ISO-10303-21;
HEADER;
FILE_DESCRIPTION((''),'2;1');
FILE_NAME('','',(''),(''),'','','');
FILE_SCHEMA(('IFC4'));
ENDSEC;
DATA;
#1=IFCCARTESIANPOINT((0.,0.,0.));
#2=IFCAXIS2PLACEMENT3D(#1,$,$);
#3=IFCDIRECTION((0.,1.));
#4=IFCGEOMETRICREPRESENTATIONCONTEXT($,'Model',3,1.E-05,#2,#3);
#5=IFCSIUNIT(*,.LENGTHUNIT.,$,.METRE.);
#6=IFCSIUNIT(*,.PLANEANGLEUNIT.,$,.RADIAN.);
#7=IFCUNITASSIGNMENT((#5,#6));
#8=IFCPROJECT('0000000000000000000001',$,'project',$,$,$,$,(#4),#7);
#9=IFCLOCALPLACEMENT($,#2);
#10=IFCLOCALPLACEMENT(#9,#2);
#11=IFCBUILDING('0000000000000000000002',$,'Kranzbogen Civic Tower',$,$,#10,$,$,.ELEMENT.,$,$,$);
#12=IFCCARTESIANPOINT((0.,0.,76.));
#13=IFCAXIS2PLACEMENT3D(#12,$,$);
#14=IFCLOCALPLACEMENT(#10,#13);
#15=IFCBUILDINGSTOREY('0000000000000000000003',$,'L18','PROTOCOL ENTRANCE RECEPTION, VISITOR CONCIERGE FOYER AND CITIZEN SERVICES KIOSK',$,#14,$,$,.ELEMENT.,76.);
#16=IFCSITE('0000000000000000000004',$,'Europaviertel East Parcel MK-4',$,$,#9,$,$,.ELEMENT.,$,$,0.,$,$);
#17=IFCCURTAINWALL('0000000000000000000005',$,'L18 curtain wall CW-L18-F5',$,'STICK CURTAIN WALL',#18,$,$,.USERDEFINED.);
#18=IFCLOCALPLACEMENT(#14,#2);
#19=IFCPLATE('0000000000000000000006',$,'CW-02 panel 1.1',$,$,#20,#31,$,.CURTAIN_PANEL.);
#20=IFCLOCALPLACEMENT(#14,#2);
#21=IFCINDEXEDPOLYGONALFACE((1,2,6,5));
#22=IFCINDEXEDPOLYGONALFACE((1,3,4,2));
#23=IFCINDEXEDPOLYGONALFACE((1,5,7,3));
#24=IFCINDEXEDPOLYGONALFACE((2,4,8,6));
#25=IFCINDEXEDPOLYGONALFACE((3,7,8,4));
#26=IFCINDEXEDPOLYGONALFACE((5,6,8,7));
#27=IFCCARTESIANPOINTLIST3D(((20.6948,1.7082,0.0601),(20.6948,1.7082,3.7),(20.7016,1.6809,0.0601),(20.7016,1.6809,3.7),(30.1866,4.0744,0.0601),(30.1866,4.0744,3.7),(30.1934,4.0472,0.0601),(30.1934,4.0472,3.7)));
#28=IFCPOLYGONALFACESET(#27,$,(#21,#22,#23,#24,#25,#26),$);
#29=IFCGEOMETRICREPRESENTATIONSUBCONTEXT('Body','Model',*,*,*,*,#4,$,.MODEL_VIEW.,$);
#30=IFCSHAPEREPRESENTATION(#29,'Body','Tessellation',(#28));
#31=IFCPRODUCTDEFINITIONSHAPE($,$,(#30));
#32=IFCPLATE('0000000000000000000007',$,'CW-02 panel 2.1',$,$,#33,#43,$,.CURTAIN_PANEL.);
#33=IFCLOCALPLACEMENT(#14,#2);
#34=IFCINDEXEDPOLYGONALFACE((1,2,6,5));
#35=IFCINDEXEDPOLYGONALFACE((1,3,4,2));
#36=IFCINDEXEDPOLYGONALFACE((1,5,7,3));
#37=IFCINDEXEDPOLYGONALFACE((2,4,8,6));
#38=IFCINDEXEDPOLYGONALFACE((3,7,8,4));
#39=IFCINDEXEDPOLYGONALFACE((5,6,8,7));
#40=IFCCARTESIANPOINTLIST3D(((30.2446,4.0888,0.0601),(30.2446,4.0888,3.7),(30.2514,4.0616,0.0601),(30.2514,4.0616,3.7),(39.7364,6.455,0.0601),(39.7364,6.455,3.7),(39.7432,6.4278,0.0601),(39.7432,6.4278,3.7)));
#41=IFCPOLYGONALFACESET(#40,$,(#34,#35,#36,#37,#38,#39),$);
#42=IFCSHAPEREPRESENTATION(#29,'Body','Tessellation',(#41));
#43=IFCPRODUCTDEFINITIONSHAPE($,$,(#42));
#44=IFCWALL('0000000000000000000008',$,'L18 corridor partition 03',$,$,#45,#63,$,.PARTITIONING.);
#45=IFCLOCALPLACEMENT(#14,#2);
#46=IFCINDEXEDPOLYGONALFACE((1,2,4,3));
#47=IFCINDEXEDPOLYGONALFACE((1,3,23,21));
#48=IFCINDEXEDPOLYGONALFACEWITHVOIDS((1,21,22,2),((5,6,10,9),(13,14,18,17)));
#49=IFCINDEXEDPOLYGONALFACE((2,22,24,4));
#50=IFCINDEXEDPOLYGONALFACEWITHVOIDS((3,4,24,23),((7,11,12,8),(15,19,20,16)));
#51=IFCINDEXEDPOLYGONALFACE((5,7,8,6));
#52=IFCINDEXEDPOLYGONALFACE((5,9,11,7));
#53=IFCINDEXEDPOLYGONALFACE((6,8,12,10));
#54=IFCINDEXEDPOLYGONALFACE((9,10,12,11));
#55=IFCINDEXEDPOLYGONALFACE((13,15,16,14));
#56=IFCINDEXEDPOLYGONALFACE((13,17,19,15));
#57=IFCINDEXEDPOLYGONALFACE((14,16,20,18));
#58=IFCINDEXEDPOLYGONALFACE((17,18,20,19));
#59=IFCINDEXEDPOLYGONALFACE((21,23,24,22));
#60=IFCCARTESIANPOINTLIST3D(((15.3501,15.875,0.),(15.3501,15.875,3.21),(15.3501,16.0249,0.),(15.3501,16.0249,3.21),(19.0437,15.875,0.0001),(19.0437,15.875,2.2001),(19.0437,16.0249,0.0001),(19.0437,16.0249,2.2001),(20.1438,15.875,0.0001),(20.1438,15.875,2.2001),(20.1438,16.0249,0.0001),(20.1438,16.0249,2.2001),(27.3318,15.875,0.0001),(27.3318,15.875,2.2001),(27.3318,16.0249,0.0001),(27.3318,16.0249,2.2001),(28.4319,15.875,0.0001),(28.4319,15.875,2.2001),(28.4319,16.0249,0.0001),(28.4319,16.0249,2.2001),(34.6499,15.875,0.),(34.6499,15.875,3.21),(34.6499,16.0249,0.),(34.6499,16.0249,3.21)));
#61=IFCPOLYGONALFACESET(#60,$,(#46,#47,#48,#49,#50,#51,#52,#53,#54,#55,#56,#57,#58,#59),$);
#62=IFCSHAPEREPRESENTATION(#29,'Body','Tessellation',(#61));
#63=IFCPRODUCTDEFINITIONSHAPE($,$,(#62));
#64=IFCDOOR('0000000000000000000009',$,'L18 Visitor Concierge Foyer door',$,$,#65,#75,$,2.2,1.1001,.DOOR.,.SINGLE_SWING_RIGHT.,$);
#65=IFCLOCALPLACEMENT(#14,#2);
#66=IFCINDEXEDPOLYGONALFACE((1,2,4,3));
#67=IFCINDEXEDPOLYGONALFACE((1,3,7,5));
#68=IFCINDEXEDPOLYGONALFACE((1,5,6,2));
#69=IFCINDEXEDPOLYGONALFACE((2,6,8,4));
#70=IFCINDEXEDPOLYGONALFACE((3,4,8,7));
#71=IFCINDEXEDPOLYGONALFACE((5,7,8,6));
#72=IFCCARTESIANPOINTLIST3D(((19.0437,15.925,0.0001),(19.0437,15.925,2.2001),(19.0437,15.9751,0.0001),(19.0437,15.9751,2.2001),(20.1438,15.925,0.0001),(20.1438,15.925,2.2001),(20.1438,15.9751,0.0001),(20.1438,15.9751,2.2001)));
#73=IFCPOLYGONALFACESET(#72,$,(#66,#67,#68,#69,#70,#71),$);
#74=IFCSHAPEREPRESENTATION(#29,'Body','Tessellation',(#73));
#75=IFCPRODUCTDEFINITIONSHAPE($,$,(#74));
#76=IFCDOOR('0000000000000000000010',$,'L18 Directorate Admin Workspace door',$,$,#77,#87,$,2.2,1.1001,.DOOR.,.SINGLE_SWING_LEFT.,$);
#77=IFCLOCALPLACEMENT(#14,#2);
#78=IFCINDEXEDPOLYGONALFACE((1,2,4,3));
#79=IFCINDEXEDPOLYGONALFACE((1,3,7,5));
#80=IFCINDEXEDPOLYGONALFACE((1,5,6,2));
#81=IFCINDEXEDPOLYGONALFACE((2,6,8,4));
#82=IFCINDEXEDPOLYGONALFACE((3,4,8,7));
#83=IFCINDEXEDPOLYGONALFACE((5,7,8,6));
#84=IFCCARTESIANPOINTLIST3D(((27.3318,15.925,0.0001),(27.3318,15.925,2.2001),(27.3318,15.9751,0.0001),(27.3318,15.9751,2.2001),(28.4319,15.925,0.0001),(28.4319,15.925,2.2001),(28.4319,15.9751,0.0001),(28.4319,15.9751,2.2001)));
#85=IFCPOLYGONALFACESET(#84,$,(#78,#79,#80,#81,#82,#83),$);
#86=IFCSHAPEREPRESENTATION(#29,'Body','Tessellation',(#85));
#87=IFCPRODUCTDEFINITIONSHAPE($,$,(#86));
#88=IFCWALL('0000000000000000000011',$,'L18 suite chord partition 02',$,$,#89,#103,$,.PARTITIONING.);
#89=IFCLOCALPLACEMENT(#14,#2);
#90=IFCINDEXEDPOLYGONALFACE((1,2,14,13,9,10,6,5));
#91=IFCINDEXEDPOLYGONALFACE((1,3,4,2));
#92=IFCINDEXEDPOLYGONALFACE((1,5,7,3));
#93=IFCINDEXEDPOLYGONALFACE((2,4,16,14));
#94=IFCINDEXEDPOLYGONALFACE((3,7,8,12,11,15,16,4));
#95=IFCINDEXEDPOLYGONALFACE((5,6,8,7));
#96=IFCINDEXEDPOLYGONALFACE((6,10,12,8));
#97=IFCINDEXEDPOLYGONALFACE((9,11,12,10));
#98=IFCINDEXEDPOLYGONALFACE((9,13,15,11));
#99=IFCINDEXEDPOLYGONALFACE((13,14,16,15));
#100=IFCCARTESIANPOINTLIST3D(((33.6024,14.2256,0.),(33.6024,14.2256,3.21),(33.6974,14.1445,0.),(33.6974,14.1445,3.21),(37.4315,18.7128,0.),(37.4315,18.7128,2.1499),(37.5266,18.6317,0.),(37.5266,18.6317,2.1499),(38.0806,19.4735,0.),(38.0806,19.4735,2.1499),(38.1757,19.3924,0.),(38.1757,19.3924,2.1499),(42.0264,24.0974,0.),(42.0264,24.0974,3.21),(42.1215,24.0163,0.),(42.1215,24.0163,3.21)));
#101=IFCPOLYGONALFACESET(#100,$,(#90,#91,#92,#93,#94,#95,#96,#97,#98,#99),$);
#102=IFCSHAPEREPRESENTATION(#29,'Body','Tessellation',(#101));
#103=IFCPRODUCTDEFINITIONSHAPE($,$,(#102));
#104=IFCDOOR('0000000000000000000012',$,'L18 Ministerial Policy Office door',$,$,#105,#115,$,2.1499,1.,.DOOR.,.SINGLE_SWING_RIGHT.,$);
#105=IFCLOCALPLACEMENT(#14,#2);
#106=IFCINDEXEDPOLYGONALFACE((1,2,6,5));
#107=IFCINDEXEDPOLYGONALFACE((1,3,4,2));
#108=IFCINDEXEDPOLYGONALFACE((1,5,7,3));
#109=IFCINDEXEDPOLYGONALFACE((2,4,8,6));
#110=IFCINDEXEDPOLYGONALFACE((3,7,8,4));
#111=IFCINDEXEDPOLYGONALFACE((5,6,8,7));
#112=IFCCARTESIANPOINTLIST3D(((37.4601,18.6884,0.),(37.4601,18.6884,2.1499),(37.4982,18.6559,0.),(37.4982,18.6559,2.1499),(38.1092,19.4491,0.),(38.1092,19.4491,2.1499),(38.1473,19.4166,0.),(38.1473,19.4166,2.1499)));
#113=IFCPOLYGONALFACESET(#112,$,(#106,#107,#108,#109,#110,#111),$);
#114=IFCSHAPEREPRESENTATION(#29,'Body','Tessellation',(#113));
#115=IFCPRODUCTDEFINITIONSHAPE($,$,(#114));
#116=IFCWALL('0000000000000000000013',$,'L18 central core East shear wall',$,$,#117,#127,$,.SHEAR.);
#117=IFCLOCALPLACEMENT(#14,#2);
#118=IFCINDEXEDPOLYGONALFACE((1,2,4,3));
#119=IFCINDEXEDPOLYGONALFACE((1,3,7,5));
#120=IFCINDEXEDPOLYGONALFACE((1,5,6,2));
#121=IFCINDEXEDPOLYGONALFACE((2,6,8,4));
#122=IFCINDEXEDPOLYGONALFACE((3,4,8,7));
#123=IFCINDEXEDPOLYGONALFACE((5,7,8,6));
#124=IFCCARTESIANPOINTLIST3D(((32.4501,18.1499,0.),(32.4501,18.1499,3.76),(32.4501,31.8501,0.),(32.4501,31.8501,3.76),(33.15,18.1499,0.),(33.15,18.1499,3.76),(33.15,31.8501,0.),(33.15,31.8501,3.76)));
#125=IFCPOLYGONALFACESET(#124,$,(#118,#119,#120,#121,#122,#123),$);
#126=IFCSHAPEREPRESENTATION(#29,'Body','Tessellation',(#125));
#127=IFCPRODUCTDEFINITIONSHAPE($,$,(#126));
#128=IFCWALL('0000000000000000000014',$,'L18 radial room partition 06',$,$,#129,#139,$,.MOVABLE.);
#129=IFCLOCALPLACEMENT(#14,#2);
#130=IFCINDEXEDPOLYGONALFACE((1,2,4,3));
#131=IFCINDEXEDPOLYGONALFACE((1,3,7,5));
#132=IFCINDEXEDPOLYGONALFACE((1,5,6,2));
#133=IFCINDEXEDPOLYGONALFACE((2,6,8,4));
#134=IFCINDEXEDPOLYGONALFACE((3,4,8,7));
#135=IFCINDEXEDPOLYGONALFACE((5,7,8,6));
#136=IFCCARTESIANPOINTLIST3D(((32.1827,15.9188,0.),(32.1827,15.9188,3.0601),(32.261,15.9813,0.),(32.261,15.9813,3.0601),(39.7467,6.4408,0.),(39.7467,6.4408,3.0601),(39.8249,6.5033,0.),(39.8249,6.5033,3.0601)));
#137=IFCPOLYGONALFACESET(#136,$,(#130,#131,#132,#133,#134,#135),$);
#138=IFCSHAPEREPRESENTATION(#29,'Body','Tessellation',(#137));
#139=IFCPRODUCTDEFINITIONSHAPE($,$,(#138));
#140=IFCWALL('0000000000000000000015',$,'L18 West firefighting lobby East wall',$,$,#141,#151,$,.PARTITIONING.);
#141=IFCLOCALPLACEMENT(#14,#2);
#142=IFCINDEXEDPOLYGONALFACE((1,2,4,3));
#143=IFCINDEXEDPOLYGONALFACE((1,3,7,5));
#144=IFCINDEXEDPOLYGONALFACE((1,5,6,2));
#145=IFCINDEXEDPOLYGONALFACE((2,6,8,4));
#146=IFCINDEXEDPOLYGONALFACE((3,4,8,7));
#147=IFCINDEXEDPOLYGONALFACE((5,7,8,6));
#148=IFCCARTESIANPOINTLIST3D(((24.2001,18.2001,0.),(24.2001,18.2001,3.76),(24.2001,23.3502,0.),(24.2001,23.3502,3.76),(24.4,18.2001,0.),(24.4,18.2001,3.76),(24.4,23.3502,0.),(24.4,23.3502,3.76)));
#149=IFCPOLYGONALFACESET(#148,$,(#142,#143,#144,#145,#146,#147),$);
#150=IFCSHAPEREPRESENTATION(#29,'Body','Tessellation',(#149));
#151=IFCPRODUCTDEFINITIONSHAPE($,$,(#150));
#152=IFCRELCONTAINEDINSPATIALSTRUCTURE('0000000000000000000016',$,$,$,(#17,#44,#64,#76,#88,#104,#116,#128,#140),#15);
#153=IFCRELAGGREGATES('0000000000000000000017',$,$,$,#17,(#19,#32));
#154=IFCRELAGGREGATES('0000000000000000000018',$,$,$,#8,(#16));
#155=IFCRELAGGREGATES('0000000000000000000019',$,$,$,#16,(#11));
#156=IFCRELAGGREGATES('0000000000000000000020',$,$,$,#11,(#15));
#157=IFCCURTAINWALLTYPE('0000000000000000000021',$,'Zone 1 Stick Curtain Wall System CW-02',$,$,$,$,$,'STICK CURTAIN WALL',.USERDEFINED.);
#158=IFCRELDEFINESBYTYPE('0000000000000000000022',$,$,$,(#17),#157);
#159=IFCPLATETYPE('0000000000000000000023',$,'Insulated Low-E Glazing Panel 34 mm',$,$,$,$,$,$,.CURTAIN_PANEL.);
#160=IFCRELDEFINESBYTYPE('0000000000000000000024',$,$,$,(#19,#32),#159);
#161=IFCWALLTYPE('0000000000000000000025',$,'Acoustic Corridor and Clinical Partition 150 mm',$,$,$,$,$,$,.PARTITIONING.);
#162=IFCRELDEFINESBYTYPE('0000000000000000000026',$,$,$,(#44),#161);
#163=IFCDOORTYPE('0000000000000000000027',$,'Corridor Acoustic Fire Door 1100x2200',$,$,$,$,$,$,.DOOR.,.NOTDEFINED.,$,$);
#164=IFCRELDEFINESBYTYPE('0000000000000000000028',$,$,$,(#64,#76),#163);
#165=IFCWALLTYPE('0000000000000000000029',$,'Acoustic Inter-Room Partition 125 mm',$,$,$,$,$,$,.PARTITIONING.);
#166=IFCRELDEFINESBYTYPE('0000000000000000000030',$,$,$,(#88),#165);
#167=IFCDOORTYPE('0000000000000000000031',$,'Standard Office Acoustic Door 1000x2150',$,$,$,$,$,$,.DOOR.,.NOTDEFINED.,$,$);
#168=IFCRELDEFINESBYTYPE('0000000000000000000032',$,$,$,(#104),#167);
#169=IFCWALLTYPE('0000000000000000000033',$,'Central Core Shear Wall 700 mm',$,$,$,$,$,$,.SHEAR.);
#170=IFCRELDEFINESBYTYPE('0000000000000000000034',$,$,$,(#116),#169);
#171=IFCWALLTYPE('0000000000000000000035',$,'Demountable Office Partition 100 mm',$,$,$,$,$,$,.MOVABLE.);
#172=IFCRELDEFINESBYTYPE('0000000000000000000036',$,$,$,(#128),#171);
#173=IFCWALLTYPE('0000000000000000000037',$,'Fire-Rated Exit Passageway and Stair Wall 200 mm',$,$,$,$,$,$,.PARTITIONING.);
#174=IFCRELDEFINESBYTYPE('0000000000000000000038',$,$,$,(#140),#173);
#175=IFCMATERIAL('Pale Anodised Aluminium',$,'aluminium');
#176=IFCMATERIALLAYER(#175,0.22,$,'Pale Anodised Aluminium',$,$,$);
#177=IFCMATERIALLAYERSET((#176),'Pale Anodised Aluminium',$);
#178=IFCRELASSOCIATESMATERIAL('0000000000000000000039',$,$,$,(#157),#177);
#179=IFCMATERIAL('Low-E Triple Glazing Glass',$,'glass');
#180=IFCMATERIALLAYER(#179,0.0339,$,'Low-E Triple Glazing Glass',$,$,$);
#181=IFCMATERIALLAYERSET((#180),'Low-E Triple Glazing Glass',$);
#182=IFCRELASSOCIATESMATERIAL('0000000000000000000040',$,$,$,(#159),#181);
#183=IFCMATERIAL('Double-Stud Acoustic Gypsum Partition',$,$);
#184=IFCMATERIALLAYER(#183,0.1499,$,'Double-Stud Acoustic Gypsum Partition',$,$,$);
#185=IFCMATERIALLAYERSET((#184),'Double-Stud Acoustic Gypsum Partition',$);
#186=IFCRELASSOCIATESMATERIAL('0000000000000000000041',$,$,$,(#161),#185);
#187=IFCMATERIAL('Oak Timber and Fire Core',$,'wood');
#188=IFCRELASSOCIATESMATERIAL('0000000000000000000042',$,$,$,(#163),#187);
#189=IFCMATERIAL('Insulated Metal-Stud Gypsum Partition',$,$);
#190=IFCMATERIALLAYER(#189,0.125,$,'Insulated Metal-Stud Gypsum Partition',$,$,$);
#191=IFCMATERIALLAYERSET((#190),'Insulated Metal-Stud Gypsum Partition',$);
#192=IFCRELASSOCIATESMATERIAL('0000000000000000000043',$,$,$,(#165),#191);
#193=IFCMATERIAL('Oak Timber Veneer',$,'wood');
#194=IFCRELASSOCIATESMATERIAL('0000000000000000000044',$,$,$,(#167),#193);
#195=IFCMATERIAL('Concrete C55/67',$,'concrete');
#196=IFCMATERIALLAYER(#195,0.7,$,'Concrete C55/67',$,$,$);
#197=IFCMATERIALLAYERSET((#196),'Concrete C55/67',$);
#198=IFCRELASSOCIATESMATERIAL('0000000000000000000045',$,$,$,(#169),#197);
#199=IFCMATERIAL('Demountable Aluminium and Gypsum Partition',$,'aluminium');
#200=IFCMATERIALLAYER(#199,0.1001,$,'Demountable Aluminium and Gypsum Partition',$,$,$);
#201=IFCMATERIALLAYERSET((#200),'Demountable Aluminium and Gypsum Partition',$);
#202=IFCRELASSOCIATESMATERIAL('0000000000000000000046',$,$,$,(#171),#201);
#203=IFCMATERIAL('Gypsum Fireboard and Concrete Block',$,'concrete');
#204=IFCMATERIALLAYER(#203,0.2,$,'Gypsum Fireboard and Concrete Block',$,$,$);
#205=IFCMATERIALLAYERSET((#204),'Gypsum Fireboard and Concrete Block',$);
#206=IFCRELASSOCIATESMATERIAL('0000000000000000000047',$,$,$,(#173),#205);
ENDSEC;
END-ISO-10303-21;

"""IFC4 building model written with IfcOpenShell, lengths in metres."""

from ifc_helpers import new_model, si_unit, direction, frame, frame_2d, origin, origin_2d, place, context, subcontext, project, spatial, rectangle, extrude, material, layer, layer_set, type_object, element, fill, aggregate, save


model = new_model("IFC4")

# Units and contexts
model_context = context("Model", 3, precision=1e-05, world=origin(), true_north=direction((0.0, 1.0)))
body_context = subcontext(model_context, "Body", "Model", "MODEL_VIEW")
ifc_project = project(units=[si_unit("LENGTHUNIT", "METRE"), si_unit("PLANEANGLEUNIT", "RADIAN")], contexts=[model_context])

# Site, building, storey
site_placement = place(None, origin())
site = spatial("IfcSite", under=ifc_project, at=site_placement, Name="Europaviertel East Parcel MK-4", CompositionType="ELEMENT", RefElevation=0.0)
building_placement = place(site_placement, origin())
building = spatial("IfcBuilding", under=site, at=building_placement, Name="Kranzbogen Civic Tower", CompositionType="ELEMENT")
storey_placement = place(building_placement, frame((0.0, 0.0, 76.0)))
storey = spatial("IfcBuildingStorey", under=building, at=storey_placement, Name="L18", Description="PROTOCOL ENTRANCE RECEPTION, VISITOR CONCIERGE FOYER AND CITIZEN SERVICES KIOSK", CompositionType="ELEMENT", Elevation=76.0)

# Curtain wall
ifc_material_1 = material(Name="Pale Anodised Aluminium", Category="aluminium")
ifc_layer_1 = layer(ifc_material_1, 0.22, Name="Pale Anodised Aluminium")
ifc_layer_set_1 = layer_set([ifc_layer_1], Name="Pale Anodised Aluminium")
curtain_wall_type = type_object("IfcCurtainWallType", Name="Zone 1 Stick Curtain Wall System CW-02", ElementType="STICK CURTAIN WALL", PredefinedType="USERDEFINED", material=ifc_layer_set_1)
curtain_wall_placement = place(storey_placement, origin())
curtain_wall = element("IfcCurtainWall", 1, at=curtain_wall_placement, inside=storey, type_object=curtain_wall_type, Name="L18 curtain wall CW-L18-F5", ObjectType="STICK CURTAIN WALL", PredefinedType="USERDEFINED")

# Plates
ifc_material_2 = material(Name="Low-E Triple Glazing Glass", Category="glass")
ifc_layer_2 = layer(ifc_material_2, 0.0339, Name="Low-E Triple Glazing Glass")
ifc_layer_set_2 = layer_set([ifc_layer_2], Name="Low-E Triple Glazing Glass")
plate_type = type_object("IfcPlateType", Name="Insulated Low-E Glazing Panel 34 mm", PredefinedType="CURTAIN_PANEL", material=ifc_layer_set_2)
plate_1_placement = place(storey_placement, frame((25.4441, 2.8777, 0.0601), z_axis=(0.0, 0.0, 1.0), x_axis=(0.970303, 0.241892, 0.0)))
plate_1 = element("IfcPlate", 2, at=plate_1_placement, type_object=plate_type, Name="CW-02 panel 1.1", PredefinedType="CURTAIN_PANEL", context=body_context, shape_type="SweptSolid", body=[
    extrude(rectangle(XDim=9.7822, YDim=0.0281, at=origin_2d()), origin(), (0.0, 0.0, 1.0), 3.6399),
])
plate_2_placement = place(storey_placement, frame((34.9939, 5.2583, 0.0601), z_axis=(0.0, 0.0, 1.0), x_axis=(0.970303, 0.241892, 0.0)))
plate_2 = element("IfcPlate", 3, at=plate_2_placement, type_object=plate_type, Name="CW-02 panel 2.1", PredefinedType="CURTAIN_PANEL", context=body_context, shape_type="SweptSolid", body=[
    extrude(rectangle(XDim=9.7822, YDim=0.0281, at=origin_2d()), origin(), (0.0, 0.0, 1.0), 3.6399),
])
aggregate(curtain_wall, [plate_1, plate_2])

# Wall, openings, doors
ifc_material_3 = material(Name="Double-Stud Acoustic Gypsum Partition")
ifc_layer_3 = layer(ifc_material_3, 0.1499, Name="Double-Stud Acoustic Gypsum Partition")
ifc_layer_set_3 = layer_set([ifc_layer_3], Name="Double-Stud Acoustic Gypsum Partition")
wall_type_1 = type_object("IfcWallType", Name="Acoustic Corridor and Clinical Partition 150 mm", PredefinedType="PARTITIONING", material=ifc_layer_set_3)
wall_1_placement = place(storey_placement, frame((34.6499, 15.95, 0.0), z_axis=(0.0, 0.0, 1.0), x_axis=(-1.0, 0.0, 0.0)))
wall_1 = element("IfcWall", 4, at=wall_1_placement, inside=storey, type_object=wall_type_1, Name="L18 corridor partition 03", PredefinedType="PARTITIONING", context=body_context, shape_type="SweptSolid", body=[
    extrude(rectangle(XDim=19.2998, YDim=0.1499, at=frame_2d((9.6499, 0.0))), origin(), (0.0, 0.0, 1.0), 3.21),
])
opening_1_placement = place(wall_1_placement, frame((14.5061, 0.0, 0.0)))
opening_1 = element("IfcOpeningElement", 5, at=opening_1_placement, cuts=wall_1, PredefinedType="OPENING", context=body_context, shape_type="SweptSolid", body=[
    extrude(rectangle(XDim=1.1001, YDim=2.2, at=frame_2d((0.55, 1.1001))), frame((0.0, 0.085, 0.0), z_axis=(0.0, -1.0, 0.0), x_axis=(1.0, 0.0, 0.0)), (0.0, 0.0, 1.0), 0.1699),
])
opening_2_placement = place(wall_1_placement, frame((6.218, 0.0, 0.0)))
opening_2 = element("IfcOpeningElement", 6, at=opening_2_placement, cuts=wall_1, PredefinedType="OPENING", context=body_context, shape_type="SweptSolid", body=[
    extrude(rectangle(XDim=1.1001, YDim=2.2, at=frame_2d((0.55, 1.1001))), frame((0.0, 0.085, 0.0), z_axis=(0.0, -1.0, 0.0), x_axis=(1.0, 0.0, 0.0)), (0.0, 0.0, 1.0), 0.1699),
])
ifc_material_4 = material(Name="Oak Timber and Fire Core", Category="wood")
door_type_1 = type_object("IfcDoorType", Name="Corridor Acoustic Fire Door 1100x2200", OperationType="NOTDEFINED", PredefinedType="DOOR", material=ifc_material_4)
door_1_placement = place(opening_1_placement, origin())
door_1 = element("IfcDoor", 7, at=door_1_placement, inside=storey, type_object=door_type_1, Name="L18 Visitor Concierge Foyer door", OperationType="SINGLE_SWING_RIGHT", OverallHeight=2.2, OverallWidth=1.1001, PredefinedType="DOOR", context=body_context, shape_type="SweptSolid", body=[
    extrude(rectangle(XDim=1.1001, YDim=2.2, at=frame_2d((0.55, 1.1001))), frame((0.0, 0.0249, 0.0), z_axis=(0.0, -1.0, 0.0), x_axis=(1.0, 0.0, 0.0)), (0.0, 0.0, 1.0), 0.05),
])
fill(opening_1, door_1)
door_2_placement = place(opening_2_placement, origin())
door_2 = element("IfcDoor", 8, at=door_2_placement, inside=storey, type_object=door_type_1, Name="L18 Directorate Admin Workspace door", OperationType="SINGLE_SWING_LEFT", OverallHeight=2.2, OverallWidth=1.1001, PredefinedType="DOOR", context=body_context, shape_type="SweptSolid", body=[
    extrude(rectangle(XDim=1.1001, YDim=2.2, at=frame_2d((0.55, 1.1001))), frame((0.0, 0.0249, 0.0), z_axis=(0.0, -1.0, 0.0), x_axis=(1.0, 0.0, 0.0)), (0.0, 0.0, 1.0), 0.05),
])
fill(opening_2, door_2)

# Wall, opening, door
ifc_material_5 = material(Name="Insulated Metal-Stud Gypsum Partition")
ifc_layer_4 = layer(ifc_material_5, 0.125, Name="Insulated Metal-Stud Gypsum Partition")
ifc_layer_set_4 = layer_set([ifc_layer_4], Name="Insulated Metal-Stud Gypsum Partition")
wall_type_2 = type_object("IfcWallType", Name="Acoustic Inter-Room Partition 125 mm", PredefinedType="PARTITIONING", material=ifc_layer_set_4)
wall_2_placement = place(storey_placement, frame((33.6499, 14.1851, 0.0), z_axis=(0.0, 0.0, 1.0), x_axis=(0.649124, 0.760682, 0.0)))
wall_2 = element("IfcWall", 9, at=wall_2_placement, inside=storey, type_object=wall_type_2, Name="L18 suite chord partition 02", PredefinedType="PARTITIONING", context=body_context, shape_type="SweptSolid", body=[
    extrude(rectangle(XDim=12.9775, YDim=0.125, at=frame_2d((6.4888, 0.0))), origin(), (0.0, 0.0, 1.0), 3.21),
])
opening_3_placement = place(wall_2_placement, frame((5.8989, 0.0, 0.0)))
opening_3 = element("IfcOpeningElement", 10, at=opening_3_placement, cuts=wall_2, PredefinedType="OPENING", context=body_context, shape_type="SweptSolid", body=[
    extrude(rectangle(XDim=1.0, YDim=2.1499, at=frame_2d((0.5, 1.075))), frame((0.0, 0.0725, 0.0), z_axis=(0.0, -1.0, 0.0), x_axis=(1.0, 0.0, 0.0)), (0.0, 0.0, 1.0), 0.145),
])
ifc_material_6 = material(Name="Oak Timber Veneer", Category="wood")
door_type_2 = type_object("IfcDoorType", Name="Standard Office Acoustic Door 1000x2150", OperationType="NOTDEFINED", PredefinedType="DOOR", material=ifc_material_6)
door_3_placement = place(opening_3_placement, origin())
door_3 = element("IfcDoor", 11, at=door_3_placement, inside=storey, type_object=door_type_2, Name="L18 Ministerial Policy Office door", OperationType="SINGLE_SWING_RIGHT", OverallHeight=2.1499, OverallWidth=1.0, PredefinedType="DOOR", context=body_context, shape_type="SweptSolid", body=[
    extrude(rectangle(XDim=1.0, YDim=2.1499, at=frame_2d((0.5, 1.075))), frame((0.0, 0.0249, 0.0), z_axis=(0.0, -1.0, 0.0), x_axis=(1.0, 0.0, 0.0)), (0.0, 0.0, 1.0), 0.05),
])
fill(opening_3, door_3)

# Walls
ifc_material_7 = material(Name="Concrete C55/67", Category="concrete")
ifc_layer_5 = layer(ifc_material_7, 0.7, Name="Concrete C55/67")
ifc_layer_set_5 = layer_set([ifc_layer_5], Name="Concrete C55/67")
wall_type_3 = type_object("IfcWallType", Name="Central Core Shear Wall 700 mm", PredefinedType="SHEAR", material=ifc_layer_set_5)
wall_3_placement = place(storey_placement, frame((32.8, 18.1499, 0.0), z_axis=(0.0, 0.0, 1.0), x_axis=(0.0, 1.0, 0.0)))
element("IfcWall", 12, at=wall_3_placement, inside=storey, type_object=wall_type_3, Name="L18 central core East shear wall", PredefinedType="SHEAR", context=body_context, shape_type="SweptSolid", body=[
    extrude(rectangle(XDim=13.7002, YDim=0.7, at=frame_2d((6.8501, 0.0))), origin(), (0.0, 0.0, 1.0), 3.76),
])
ifc_material_8 = material(Name="Demountable Aluminium and Gypsum Partition", Category="aluminium")
ifc_layer_6 = layer(ifc_material_8, 0.1001, Name="Demountable Aluminium and Gypsum Partition")
ifc_layer_set_6 = layer_set([ifc_layer_6], Name="Demountable Aluminium and Gypsum Partition")
wall_type_4 = type_object("IfcWallType", Name="Demountable Office Partition 100 mm", PredefinedType="MOVABLE", material=ifc_layer_set_6)
wall_4_placement = place(storey_placement, frame((32.2219, 15.95, 0.0), z_axis=(0.0, 0.0, 1.0), x_axis=(0.623767, -0.781611, 0.0)))
element("IfcWall", 13, at=wall_4_placement, inside=storey, type_object=wall_type_4, Name="L18 radial room partition 06", PredefinedType="MOVABLE", context=body_context, shape_type="SweptSolid", body=[
    extrude(rectangle(XDim=12.1262, YDim=0.1001, at=frame_2d((6.063, 0.0))), origin(), (0.0, 0.0, 1.0), 3.0601),
])
ifc_material_9 = material(Name="Gypsum Fireboard and Concrete Block", Category="concrete")
ifc_layer_7 = layer(ifc_material_9, 0.2, Name="Gypsum Fireboard and Concrete Block")
ifc_layer_set_7 = layer_set([ifc_layer_7], Name="Gypsum Fireboard and Concrete Block")
wall_type_5 = type_object("IfcWallType", Name="Fire-Rated Exit Passageway and Stair Wall 200 mm", PredefinedType="PARTITIONING", material=ifc_layer_set_7)
wall_5_placement = place(storey_placement, frame((24.3, 18.2, 0.0), z_axis=(0.0, 0.0, 1.0), x_axis=(0.0, 1.0, 0.0)))
element("IfcWall", 14, at=wall_5_placement, inside=storey, type_object=wall_type_5, Name="L18 West firefighting lobby East wall", PredefinedType="PARTITIONING", context=body_context, shape_type="SweptSolid", body=[
    extrude(rectangle(XDim=5.1501, YDim=0.2, at=frame_2d((2.5752, 0.0))), origin(), (0.0, 0.0, 1.0), 3.76),
])

save(model, "model.ifc")
